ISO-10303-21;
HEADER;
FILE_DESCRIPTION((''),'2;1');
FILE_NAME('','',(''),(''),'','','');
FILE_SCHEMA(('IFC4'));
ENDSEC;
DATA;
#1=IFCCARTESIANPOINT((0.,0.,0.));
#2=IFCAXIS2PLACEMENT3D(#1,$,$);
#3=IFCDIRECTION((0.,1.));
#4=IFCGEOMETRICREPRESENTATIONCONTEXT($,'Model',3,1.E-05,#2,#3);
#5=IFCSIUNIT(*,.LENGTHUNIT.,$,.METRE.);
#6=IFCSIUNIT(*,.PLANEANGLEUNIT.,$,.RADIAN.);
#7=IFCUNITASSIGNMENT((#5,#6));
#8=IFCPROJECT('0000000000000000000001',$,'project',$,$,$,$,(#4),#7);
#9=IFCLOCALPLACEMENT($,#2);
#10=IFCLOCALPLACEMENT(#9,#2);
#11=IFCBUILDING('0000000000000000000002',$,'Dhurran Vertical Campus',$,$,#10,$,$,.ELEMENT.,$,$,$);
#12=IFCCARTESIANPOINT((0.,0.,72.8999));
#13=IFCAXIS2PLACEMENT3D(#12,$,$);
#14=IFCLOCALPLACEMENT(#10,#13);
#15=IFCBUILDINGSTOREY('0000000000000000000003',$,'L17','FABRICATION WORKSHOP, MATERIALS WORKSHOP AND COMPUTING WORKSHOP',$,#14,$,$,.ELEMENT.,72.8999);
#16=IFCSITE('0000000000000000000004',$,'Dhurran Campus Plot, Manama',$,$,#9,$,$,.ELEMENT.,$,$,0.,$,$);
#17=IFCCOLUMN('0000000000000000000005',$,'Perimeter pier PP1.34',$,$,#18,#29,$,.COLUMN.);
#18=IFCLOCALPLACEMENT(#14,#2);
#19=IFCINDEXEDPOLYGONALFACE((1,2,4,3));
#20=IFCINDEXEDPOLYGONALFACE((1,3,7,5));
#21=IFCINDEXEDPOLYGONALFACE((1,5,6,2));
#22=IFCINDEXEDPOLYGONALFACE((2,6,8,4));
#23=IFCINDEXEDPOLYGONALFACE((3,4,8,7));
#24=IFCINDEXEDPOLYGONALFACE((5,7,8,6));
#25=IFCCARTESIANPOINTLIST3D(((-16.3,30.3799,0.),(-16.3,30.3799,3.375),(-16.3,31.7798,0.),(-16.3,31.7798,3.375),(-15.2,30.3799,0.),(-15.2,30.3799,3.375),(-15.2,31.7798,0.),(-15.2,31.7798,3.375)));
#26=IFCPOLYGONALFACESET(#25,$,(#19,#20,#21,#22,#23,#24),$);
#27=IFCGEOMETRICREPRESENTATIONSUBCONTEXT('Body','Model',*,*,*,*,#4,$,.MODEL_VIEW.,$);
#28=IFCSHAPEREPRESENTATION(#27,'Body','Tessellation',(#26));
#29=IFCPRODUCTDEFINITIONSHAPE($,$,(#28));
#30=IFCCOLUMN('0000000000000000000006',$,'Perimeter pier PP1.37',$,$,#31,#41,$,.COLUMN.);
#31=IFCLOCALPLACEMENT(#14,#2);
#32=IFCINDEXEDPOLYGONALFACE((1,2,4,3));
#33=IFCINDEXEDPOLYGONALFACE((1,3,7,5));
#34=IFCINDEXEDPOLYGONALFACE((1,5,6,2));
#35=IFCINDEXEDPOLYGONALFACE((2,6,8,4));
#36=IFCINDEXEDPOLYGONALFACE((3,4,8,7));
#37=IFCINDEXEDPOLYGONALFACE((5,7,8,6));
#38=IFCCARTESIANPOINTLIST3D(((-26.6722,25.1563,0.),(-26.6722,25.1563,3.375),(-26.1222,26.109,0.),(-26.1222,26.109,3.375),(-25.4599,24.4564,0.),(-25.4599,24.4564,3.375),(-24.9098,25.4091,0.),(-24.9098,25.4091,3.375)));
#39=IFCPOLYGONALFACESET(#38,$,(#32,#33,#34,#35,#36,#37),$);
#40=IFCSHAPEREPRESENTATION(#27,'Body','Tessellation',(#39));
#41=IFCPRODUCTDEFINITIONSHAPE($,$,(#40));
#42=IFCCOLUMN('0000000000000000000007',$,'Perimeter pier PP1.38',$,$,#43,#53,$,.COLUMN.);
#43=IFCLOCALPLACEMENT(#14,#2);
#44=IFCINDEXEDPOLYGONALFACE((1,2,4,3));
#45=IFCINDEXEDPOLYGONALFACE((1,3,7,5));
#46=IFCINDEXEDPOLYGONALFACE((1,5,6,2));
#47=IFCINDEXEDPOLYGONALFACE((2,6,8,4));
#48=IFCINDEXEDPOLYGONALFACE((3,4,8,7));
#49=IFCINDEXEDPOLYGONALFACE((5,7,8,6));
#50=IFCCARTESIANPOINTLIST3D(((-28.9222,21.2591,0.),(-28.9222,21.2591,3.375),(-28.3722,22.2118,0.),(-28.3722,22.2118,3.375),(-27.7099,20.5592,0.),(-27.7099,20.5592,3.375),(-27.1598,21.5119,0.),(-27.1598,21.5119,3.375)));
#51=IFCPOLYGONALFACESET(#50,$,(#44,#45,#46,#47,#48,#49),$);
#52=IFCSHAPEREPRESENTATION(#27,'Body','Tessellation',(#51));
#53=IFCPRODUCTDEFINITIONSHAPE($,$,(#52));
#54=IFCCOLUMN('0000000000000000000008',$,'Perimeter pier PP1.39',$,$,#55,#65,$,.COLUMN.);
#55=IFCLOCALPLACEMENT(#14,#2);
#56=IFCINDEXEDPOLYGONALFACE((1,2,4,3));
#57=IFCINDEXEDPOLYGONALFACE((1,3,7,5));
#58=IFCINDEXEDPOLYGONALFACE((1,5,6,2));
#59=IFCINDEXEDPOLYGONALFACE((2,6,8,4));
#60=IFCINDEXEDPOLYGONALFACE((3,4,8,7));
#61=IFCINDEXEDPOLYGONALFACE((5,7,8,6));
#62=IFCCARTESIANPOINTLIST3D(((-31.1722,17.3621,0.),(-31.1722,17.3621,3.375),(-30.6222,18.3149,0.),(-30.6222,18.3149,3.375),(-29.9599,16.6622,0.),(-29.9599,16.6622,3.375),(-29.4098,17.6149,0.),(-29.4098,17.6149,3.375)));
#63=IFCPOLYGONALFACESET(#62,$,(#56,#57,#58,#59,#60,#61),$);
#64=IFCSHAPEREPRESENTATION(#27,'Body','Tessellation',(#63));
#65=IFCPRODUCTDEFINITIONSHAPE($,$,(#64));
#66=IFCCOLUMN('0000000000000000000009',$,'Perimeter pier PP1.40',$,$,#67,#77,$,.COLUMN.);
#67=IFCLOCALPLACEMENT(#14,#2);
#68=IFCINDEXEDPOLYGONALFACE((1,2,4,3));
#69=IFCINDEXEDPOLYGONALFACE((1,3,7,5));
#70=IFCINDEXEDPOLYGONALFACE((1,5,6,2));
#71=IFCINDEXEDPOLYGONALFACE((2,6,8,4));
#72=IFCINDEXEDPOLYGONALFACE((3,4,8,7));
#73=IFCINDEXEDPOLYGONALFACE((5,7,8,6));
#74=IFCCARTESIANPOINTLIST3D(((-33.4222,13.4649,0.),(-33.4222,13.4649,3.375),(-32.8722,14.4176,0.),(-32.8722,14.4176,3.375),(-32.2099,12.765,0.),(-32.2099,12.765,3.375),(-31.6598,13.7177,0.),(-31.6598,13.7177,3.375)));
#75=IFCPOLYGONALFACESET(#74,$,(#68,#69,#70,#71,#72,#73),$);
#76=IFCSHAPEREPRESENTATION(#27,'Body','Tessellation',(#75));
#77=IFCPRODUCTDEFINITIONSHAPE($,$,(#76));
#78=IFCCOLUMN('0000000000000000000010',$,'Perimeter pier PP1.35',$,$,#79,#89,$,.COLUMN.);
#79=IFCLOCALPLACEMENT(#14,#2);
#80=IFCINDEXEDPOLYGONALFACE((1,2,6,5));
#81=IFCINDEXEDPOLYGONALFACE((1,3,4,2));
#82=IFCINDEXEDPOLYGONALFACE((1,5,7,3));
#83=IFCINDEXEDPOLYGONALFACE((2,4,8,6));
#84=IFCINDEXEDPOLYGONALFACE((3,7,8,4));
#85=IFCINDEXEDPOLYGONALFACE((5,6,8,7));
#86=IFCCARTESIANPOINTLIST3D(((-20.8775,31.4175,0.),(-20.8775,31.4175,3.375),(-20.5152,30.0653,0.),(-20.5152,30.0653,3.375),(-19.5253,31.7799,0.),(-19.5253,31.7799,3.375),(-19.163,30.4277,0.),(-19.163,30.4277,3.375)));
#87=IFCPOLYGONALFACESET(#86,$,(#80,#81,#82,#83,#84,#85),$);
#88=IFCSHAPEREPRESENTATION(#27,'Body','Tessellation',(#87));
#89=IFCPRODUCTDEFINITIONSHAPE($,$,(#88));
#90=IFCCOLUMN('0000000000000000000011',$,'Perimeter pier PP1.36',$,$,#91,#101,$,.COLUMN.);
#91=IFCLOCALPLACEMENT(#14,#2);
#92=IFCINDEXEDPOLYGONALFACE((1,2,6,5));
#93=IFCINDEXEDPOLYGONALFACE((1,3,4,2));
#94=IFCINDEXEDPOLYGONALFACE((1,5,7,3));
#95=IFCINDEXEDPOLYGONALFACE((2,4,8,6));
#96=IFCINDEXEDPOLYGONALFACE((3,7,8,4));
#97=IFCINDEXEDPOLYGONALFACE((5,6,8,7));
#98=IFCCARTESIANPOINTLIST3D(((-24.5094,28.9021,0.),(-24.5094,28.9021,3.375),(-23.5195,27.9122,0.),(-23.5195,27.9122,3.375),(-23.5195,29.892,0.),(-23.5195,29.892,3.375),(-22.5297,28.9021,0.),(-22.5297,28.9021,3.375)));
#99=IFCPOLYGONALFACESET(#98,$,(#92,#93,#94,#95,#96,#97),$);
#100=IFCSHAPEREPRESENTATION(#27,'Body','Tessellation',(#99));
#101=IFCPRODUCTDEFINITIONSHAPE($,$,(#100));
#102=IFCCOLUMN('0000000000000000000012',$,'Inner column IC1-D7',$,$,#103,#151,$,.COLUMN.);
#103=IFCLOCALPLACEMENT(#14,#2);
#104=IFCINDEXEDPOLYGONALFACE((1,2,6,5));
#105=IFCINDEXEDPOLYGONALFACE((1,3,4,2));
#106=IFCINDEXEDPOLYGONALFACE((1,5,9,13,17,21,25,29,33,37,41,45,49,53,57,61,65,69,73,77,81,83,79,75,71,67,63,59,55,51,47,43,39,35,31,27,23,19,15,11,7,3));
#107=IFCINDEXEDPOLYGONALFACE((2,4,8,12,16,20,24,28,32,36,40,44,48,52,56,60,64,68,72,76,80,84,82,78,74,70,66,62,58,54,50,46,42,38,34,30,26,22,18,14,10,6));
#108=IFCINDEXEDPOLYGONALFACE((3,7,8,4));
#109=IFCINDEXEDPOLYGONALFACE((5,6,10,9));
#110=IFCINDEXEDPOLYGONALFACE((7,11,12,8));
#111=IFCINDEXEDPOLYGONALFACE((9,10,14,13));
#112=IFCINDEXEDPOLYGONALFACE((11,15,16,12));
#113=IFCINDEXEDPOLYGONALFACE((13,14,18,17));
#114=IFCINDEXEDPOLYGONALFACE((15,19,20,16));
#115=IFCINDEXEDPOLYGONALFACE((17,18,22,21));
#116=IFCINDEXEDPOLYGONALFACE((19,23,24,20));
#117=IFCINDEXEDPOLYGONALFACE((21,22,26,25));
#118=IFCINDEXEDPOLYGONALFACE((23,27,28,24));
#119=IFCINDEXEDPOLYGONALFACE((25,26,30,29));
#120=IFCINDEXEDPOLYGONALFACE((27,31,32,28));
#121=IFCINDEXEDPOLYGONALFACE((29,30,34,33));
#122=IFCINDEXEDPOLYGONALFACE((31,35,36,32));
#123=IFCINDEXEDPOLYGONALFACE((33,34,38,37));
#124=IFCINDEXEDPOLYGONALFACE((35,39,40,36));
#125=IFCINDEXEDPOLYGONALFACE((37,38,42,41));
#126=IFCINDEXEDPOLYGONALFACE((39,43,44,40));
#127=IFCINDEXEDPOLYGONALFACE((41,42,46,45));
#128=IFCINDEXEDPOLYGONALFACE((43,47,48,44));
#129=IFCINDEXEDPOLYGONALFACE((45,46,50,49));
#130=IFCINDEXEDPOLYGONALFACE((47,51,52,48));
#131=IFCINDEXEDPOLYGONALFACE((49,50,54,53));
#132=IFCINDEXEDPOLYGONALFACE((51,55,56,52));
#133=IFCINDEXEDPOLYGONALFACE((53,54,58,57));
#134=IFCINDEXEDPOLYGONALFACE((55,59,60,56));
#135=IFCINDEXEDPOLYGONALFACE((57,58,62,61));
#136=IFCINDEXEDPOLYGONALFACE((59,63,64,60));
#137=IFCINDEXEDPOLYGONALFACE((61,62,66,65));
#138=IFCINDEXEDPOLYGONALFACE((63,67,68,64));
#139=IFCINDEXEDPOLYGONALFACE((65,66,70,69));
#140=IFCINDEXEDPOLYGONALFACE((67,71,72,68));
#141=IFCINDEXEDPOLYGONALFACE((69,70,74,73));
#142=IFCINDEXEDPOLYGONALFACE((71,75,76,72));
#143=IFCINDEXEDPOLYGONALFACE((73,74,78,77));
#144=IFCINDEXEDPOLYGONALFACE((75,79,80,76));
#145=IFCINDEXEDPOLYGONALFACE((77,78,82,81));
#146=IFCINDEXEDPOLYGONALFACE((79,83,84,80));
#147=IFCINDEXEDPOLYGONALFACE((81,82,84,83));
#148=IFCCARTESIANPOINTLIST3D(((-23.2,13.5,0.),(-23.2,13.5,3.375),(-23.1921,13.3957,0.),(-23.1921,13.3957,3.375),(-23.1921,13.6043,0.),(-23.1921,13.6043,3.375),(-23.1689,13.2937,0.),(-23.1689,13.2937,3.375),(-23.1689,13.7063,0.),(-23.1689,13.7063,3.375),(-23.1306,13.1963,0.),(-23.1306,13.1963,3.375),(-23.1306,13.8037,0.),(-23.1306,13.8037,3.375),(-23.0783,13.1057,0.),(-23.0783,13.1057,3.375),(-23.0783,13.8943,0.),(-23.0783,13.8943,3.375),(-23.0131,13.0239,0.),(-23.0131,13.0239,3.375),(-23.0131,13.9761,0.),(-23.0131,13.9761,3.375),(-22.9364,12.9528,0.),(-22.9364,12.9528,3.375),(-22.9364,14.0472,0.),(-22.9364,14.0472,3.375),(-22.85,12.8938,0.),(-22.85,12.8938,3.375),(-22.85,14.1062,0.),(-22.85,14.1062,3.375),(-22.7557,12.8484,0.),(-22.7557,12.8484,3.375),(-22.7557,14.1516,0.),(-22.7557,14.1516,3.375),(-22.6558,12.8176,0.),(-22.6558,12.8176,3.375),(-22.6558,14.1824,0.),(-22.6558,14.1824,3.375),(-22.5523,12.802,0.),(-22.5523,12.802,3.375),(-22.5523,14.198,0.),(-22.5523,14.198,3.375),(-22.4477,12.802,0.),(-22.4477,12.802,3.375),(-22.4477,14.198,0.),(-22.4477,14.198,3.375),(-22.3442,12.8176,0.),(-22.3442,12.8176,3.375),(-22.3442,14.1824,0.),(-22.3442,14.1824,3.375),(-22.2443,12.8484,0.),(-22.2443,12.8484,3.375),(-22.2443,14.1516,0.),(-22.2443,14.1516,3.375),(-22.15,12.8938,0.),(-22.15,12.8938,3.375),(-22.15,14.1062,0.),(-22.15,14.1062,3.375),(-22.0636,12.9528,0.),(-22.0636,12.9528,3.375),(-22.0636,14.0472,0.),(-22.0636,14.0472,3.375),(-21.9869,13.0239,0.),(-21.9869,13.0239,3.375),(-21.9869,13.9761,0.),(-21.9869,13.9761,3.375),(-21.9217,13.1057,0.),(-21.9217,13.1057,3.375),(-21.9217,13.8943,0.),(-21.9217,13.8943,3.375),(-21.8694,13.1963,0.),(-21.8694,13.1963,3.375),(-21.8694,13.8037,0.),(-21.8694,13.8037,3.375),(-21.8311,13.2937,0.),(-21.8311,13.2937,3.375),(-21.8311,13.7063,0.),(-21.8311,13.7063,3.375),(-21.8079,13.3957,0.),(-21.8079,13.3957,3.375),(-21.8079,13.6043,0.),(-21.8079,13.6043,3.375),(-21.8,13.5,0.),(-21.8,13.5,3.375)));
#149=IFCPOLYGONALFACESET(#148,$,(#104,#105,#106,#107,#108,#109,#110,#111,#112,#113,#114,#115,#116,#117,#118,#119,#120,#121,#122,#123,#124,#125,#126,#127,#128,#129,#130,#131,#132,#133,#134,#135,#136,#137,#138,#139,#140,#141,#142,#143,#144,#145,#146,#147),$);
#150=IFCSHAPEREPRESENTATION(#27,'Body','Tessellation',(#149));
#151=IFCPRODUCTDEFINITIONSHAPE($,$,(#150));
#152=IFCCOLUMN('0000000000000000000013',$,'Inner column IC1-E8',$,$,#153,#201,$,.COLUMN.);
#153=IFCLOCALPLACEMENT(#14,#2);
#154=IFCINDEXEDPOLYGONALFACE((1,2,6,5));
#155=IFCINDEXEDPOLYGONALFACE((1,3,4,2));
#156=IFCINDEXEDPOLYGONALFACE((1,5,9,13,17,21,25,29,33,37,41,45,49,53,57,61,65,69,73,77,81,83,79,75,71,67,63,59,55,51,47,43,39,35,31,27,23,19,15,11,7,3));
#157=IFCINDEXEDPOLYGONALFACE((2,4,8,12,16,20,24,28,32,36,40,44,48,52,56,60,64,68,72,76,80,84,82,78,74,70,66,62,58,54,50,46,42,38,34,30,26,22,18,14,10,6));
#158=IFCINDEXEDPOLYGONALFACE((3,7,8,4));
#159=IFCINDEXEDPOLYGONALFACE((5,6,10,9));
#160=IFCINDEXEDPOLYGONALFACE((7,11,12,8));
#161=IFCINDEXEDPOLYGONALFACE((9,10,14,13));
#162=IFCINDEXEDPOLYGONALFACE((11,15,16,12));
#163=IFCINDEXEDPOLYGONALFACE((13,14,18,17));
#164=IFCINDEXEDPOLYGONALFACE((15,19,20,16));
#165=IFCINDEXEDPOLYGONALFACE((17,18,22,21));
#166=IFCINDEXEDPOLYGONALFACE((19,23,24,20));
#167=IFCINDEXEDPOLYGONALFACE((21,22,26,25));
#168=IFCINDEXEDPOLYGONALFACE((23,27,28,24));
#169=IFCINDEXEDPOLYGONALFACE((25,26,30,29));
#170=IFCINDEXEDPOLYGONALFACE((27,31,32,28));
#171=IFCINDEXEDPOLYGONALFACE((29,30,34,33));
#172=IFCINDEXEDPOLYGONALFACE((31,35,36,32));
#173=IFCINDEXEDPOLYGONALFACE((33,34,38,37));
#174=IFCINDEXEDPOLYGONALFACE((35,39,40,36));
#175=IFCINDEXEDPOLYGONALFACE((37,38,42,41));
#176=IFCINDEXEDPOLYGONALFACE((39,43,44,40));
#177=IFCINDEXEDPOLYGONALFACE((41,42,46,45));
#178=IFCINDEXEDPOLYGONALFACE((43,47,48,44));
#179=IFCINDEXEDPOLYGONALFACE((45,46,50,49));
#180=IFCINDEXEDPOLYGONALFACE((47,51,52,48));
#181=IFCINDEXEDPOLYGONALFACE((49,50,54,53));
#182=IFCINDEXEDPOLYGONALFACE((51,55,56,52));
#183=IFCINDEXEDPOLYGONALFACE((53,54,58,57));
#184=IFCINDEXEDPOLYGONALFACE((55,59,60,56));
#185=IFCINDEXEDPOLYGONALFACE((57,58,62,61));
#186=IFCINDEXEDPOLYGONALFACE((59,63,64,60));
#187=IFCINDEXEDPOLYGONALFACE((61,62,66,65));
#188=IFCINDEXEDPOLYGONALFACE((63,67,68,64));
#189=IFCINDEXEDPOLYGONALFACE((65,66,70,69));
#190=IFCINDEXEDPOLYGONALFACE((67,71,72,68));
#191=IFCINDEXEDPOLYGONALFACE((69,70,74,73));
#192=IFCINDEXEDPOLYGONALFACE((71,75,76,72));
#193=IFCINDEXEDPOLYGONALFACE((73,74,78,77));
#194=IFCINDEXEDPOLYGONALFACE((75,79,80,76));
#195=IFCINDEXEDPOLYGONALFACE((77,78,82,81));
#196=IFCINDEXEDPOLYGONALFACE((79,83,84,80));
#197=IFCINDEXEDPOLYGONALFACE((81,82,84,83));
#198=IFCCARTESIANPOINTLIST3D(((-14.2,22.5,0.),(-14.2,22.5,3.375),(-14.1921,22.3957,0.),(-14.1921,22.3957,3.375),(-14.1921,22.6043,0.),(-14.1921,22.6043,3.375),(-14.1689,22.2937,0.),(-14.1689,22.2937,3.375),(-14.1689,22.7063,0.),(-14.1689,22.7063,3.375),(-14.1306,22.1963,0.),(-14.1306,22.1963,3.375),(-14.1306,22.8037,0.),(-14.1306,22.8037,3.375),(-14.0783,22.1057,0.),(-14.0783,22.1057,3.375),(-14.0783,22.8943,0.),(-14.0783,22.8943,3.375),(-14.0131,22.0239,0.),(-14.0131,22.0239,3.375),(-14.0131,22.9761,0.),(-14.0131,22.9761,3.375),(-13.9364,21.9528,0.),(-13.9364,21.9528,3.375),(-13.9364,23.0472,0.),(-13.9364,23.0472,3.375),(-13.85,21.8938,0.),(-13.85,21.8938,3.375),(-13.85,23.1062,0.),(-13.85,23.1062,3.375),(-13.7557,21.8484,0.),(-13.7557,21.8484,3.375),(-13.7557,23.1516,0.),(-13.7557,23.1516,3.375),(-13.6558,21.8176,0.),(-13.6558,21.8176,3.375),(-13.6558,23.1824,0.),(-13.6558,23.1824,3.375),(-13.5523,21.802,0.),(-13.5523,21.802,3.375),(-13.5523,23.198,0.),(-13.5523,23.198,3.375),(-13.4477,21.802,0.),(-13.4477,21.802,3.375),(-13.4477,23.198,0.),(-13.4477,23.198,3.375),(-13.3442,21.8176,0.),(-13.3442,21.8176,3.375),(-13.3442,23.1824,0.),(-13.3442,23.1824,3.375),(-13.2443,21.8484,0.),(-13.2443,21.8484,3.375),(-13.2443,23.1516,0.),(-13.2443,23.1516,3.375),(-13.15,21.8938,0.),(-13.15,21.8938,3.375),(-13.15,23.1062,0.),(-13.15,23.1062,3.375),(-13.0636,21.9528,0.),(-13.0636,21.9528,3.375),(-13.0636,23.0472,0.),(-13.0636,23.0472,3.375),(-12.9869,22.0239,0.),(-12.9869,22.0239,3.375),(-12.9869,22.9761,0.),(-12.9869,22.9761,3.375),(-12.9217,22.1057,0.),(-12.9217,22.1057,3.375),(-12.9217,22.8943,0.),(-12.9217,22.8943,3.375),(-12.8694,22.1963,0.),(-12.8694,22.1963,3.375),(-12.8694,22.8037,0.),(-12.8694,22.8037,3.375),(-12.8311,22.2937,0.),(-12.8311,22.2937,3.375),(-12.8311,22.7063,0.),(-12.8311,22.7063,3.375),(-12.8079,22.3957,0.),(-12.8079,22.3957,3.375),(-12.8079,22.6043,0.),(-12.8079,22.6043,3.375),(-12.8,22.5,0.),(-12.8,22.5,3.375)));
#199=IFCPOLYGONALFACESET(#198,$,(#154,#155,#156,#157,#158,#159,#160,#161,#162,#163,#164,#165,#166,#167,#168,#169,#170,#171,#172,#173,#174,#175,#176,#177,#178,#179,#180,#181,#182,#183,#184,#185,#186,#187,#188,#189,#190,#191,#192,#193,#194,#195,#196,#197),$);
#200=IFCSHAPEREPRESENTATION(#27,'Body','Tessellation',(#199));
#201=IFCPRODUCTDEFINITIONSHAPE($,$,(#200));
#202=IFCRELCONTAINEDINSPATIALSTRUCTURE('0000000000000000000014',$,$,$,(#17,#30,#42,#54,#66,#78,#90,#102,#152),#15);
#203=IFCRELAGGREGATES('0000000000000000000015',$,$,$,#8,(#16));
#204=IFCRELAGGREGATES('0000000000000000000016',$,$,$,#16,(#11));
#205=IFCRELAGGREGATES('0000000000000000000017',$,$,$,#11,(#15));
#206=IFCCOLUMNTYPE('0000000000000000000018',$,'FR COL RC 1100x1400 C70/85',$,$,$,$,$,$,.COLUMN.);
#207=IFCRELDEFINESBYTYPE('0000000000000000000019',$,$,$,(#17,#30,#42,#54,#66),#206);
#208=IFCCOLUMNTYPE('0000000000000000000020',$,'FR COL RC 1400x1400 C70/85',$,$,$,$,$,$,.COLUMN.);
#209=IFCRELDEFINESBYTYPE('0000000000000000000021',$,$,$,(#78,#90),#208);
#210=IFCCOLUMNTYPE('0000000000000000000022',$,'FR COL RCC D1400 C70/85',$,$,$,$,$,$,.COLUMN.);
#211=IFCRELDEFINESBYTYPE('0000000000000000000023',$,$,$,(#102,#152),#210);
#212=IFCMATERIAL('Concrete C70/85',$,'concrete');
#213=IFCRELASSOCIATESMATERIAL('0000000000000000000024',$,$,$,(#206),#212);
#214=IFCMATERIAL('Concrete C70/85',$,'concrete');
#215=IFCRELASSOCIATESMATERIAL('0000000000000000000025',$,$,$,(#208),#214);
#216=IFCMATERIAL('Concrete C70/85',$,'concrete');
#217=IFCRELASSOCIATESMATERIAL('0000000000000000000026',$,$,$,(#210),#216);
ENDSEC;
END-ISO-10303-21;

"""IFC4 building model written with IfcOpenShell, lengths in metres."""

from ifc_helpers import new_model, si_unit, direction, frame, origin, origin_2d, place, context, subcontext, project, spatial, rectangle, circle, extrude, material, material_profile, profile_set, type_object, element, save


model = new_model("IFC4")

# Units and contexts
model_context = context("Model", 3, precision=1e-05, world=origin(), true_north=direction((0.0, 1.0)))
body_context = subcontext(model_context, "Body", "Model", "MODEL_VIEW")
ifc_project = project(units=[si_unit("LENGTHUNIT", "METRE"), si_unit("PLANEANGLEUNIT", "RADIAN")], contexts=[model_context])

# Site, building, storey
site_placement = place(None, origin())
site = spatial("IfcSite", under=ifc_project, at=site_placement, Name="Dhurran Campus Plot, Manama", CompositionType="ELEMENT", RefElevation=0.0)
building_placement = place(site_placement, origin())
building = spatial("IfcBuilding", under=site, at=building_placement, Name="Dhurran Vertical Campus", CompositionType="ELEMENT")
storey_placement = place(building_placement, frame((0.0, 0.0, 72.8999)))
storey = spatial("IfcBuildingStorey", under=building, at=storey_placement, Name="L17", Description="FABRICATION WORKSHOP, MATERIALS WORKSHOP AND COMPUTING WORKSHOP", CompositionType="ELEMENT", Elevation=72.8999)

# Columns
ifc_material_1 = material(Name="Concrete C70/85", Category="concrete")
ifc_material_profile_1 = material_profile(ifc_material_1, rectangle(XDim=1.1001, YDim=1.3999, at=origin_2d()), Name="RC 1100x1400")
ifc_profile_set_1 = profile_set([ifc_material_profile_1], Name="Concrete C70/85")
column_type_1 = type_object("IfcColumnType", Name="FR COL RC 1100x1400 C70/85", PredefinedType="COLUMN", material=ifc_profile_set_1)
for number, where, z_axis, x_axis, name in (
    (1, (-15.75, 31.0798, 0.0), (0.0, 0.0, 1.0), (-1.0, 0.0, 0.0), "Perimeter pier PP1.34"),
    (2, (-25.791, 25.2827, 0.0), (0.0, 0.0, 1.0), (-0.5, -0.866025, 0.0), "Perimeter pier PP1.37"),
    (3, (-28.041, 21.3855, 0.0), (0.0, 0.0, 1.0), (-0.5, -0.866025, 0.0), "Perimeter pier PP1.38"),
    (4, (-30.291, 17.4885, 0.0), (0.0, 0.0, 1.0), (-0.5, -0.866025, 0.0), "Perimeter pier PP1.39"),
    (5, (-32.541, 13.5913, 0.0), (0.0, 0.0, 1.0), (-0.5, -0.866025, 0.0), "Perimeter pier PP1.40"),
):
    element("IfcColumn", number, at=place(storey_placement, frame(where, z_axis=z_axis, x_axis=x_axis)), inside=storey, type_object=column_type_1, Name=name, PredefinedType="COLUMN", context=body_context, shape_type="SweptSolid", body=[
        extrude(rectangle(XDim=1.1001, YDim=1.3999, at=origin_2d()), origin(), (0.0, 0.0, 1.0), 3.375),
    ])
ifc_material_2 = material(Name="Concrete C70/85", Category="concrete")
ifc_material_profile_2 = material_profile(ifc_material_2, rectangle(XDim=1.3999, YDim=1.3999, at=origin_2d()), Name="RC 1400x1400")
ifc_profile_set_2 = profile_set([ifc_material_profile_2], Name="Concrete C70/85")
column_type_2 = type_object("IfcColumnType", Name="FR COL RC 1400x1400 C70/85", PredefinedType="COLUMN", material=ifc_profile_set_2)
for number, where, z_axis, x_axis, name in (
    (6, (-20.0203, 30.9226, 0.0), (0.0, 0.0, 1.0), (-0.965926, -0.258819, 0.0), "Perimeter pier PP1.35"),
    (7, (-23.5195, 28.9021, 0.0), (0.0, 0.0, 1.0), (-0.707107, -0.707107, 0.0), "Perimeter pier PP1.36"),
):
    element("IfcColumn", number, at=place(storey_placement, frame(where, z_axis=z_axis, x_axis=x_axis)), inside=storey, type_object=column_type_2, Name=name, PredefinedType="COLUMN", context=body_context, shape_type="SweptSolid", body=[
        extrude(rectangle(XDim=1.3999, YDim=1.3999, at=origin_2d()), origin(), (0.0, 0.0, 1.0), 3.375),
    ])
ifc_material_3 = material(Name="Concrete C70/85", Category="concrete")
ifc_material_profile_3 = material_profile(ifc_material_3, circle(Radius=0.7, at=origin_2d()), Name="RCC D1400")
ifc_profile_set_3 = profile_set([ifc_material_profile_3], Name="Concrete C70/85")
column_type_3 = type_object("IfcColumnType", Name="FR COL RCC D1400 C70/85", PredefinedType="COLUMN", material=ifc_profile_set_3)
for number, where, z_axis, x_axis, name in (
    (8, (-22.5, 13.5, 0.0), (0.0, 0.0, 1.0), (1.0, 0.0, 0.0), "Inner column IC1-D7"),
    (9, (-13.5, 22.5, 0.0), (0.0, 0.0, 1.0), (1.0, 0.0, 0.0), "Inner column IC1-E8"),
):
    element("IfcColumn", number, at=place(storey_placement, frame(where, z_axis=z_axis, x_axis=x_axis)), inside=storey, type_object=column_type_3, Name=name, PredefinedType="COLUMN", context=body_context, shape_type="SweptSolid", body=[
        extrude(circle(Radius=0.7, at=origin_2d()), origin(), (0.0, 0.0, 1.0), 3.375),
    ])

save(model, "model.ifc")
